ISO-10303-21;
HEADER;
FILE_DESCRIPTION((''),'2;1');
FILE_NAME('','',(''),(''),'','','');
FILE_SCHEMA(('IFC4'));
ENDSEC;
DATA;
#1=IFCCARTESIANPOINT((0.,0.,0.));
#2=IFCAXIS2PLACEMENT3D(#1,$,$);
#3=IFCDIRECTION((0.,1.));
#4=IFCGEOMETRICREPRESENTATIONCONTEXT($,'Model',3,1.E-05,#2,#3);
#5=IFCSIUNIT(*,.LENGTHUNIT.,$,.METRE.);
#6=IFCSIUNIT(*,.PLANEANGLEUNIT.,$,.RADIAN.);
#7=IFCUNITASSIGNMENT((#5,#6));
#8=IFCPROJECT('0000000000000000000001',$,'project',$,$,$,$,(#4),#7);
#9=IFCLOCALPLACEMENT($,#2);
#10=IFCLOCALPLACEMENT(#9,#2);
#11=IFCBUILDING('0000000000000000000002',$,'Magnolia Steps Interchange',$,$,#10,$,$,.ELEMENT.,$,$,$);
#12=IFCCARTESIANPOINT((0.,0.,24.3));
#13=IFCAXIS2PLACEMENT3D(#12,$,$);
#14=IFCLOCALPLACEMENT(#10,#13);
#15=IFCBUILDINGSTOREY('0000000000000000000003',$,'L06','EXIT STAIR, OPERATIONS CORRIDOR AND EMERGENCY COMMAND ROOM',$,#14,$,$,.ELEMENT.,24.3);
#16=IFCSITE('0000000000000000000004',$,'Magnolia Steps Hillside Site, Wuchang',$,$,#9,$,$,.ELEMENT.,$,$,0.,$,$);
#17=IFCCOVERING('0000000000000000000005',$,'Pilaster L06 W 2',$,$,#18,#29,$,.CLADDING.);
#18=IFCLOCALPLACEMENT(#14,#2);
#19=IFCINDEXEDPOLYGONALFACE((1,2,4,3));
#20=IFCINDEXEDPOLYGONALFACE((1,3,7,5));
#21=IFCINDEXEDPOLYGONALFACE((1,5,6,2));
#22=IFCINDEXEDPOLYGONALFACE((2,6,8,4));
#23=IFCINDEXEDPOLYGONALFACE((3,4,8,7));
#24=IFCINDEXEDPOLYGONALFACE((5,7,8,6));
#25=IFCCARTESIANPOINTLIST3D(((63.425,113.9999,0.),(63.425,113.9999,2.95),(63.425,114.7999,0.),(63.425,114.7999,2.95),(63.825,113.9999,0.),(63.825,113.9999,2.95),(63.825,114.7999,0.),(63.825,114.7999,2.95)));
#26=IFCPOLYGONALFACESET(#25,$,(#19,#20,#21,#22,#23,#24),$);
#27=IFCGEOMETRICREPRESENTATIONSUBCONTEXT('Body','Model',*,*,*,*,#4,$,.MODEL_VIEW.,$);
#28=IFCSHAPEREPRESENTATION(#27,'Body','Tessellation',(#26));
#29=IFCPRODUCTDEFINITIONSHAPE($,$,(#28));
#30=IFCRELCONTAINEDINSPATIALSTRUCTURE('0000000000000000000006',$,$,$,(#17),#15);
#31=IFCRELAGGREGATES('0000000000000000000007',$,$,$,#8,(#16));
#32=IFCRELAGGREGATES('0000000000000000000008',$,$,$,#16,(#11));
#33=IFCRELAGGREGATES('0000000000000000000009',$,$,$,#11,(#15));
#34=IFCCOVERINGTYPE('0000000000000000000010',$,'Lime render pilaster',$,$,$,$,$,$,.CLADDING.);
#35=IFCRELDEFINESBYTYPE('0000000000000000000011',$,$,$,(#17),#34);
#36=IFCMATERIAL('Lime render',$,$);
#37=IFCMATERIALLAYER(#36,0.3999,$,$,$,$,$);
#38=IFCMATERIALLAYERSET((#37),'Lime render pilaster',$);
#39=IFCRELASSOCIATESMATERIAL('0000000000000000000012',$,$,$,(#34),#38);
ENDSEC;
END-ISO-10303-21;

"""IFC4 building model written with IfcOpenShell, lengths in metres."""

from ifc_helpers import new_model, si_unit, direction, frame, origin, origin_2d, place, context, subcontext, project, spatial, rectangle, extrude, material, layer, layer_set, type_object, element, save


model = new_model("IFC4")

# Units and contexts
model_context = context("Model", 3, precision=1e-05, world=origin(), true_north=direction((0.0, 1.0)))
body_context = subcontext(model_context, "Body", "Model", "MODEL_VIEW")
ifc_project = project(units=[si_unit("LENGTHUNIT", "METRE"), si_unit("PLANEANGLEUNIT", "RADIAN")], contexts=[model_context])

# Site, building, storey
site_placement = place(None, origin())
site = spatial("IfcSite", under=ifc_project, at=site_placement, Name="Magnolia Steps Hillside Site, Wuchang", CompositionType="ELEMENT", RefElevation=0.0)
building_placement = place(site_placement, origin())
building = spatial("IfcBuilding", under=site, at=building_placement, Name="Magnolia Steps Interchange", CompositionType="ELEMENT")
storey_placement = place(building_placement, frame((0.0, 0.0, 24.3)))
storey = spatial("IfcBuildingStorey", under=building, at=storey_placement, Name="L06", Description="EXIT STAIR, OPERATIONS CORRIDOR AND EMERGENCY COMMAND ROOM", CompositionType="ELEMENT", Elevation=24.3)

# Covering
ifc_material_1 = material(Name="Lime render")
ifc_layer_1 = layer(ifc_material_1, 0.3999)
ifc_layer_set_1 = layer_set([ifc_layer_1], Name="Lime render pilaster")
covering_type_1 = type_object("IfcCoveringType", Name="Lime render pilaster", PredefinedType="CLADDING", material=ifc_layer_set_1)
for number, where, z_axis, x_axis, name in (
    (1, (63.625, 114.3999, 0.0), (0.0, 0.0, 1.0), (1.0, 0.0, 0.0), "Pilaster L06 W 2"),
):
    element("IfcCovering", number, at=place(storey_placement, frame(where, z_axis=z_axis, x_axis=x_axis)), inside=storey, type_object=covering_type_1, Name=name, PredefinedType="CLADDING", context=body_context, shape_type="SweptSolid", body=[
        extrude(rectangle(XDim=0.3999, YDim=0.8, at=origin_2d()), origin(), (0.0, 0.0, 1.0), 2.95),
    ])

save(model, "model.ifc")
